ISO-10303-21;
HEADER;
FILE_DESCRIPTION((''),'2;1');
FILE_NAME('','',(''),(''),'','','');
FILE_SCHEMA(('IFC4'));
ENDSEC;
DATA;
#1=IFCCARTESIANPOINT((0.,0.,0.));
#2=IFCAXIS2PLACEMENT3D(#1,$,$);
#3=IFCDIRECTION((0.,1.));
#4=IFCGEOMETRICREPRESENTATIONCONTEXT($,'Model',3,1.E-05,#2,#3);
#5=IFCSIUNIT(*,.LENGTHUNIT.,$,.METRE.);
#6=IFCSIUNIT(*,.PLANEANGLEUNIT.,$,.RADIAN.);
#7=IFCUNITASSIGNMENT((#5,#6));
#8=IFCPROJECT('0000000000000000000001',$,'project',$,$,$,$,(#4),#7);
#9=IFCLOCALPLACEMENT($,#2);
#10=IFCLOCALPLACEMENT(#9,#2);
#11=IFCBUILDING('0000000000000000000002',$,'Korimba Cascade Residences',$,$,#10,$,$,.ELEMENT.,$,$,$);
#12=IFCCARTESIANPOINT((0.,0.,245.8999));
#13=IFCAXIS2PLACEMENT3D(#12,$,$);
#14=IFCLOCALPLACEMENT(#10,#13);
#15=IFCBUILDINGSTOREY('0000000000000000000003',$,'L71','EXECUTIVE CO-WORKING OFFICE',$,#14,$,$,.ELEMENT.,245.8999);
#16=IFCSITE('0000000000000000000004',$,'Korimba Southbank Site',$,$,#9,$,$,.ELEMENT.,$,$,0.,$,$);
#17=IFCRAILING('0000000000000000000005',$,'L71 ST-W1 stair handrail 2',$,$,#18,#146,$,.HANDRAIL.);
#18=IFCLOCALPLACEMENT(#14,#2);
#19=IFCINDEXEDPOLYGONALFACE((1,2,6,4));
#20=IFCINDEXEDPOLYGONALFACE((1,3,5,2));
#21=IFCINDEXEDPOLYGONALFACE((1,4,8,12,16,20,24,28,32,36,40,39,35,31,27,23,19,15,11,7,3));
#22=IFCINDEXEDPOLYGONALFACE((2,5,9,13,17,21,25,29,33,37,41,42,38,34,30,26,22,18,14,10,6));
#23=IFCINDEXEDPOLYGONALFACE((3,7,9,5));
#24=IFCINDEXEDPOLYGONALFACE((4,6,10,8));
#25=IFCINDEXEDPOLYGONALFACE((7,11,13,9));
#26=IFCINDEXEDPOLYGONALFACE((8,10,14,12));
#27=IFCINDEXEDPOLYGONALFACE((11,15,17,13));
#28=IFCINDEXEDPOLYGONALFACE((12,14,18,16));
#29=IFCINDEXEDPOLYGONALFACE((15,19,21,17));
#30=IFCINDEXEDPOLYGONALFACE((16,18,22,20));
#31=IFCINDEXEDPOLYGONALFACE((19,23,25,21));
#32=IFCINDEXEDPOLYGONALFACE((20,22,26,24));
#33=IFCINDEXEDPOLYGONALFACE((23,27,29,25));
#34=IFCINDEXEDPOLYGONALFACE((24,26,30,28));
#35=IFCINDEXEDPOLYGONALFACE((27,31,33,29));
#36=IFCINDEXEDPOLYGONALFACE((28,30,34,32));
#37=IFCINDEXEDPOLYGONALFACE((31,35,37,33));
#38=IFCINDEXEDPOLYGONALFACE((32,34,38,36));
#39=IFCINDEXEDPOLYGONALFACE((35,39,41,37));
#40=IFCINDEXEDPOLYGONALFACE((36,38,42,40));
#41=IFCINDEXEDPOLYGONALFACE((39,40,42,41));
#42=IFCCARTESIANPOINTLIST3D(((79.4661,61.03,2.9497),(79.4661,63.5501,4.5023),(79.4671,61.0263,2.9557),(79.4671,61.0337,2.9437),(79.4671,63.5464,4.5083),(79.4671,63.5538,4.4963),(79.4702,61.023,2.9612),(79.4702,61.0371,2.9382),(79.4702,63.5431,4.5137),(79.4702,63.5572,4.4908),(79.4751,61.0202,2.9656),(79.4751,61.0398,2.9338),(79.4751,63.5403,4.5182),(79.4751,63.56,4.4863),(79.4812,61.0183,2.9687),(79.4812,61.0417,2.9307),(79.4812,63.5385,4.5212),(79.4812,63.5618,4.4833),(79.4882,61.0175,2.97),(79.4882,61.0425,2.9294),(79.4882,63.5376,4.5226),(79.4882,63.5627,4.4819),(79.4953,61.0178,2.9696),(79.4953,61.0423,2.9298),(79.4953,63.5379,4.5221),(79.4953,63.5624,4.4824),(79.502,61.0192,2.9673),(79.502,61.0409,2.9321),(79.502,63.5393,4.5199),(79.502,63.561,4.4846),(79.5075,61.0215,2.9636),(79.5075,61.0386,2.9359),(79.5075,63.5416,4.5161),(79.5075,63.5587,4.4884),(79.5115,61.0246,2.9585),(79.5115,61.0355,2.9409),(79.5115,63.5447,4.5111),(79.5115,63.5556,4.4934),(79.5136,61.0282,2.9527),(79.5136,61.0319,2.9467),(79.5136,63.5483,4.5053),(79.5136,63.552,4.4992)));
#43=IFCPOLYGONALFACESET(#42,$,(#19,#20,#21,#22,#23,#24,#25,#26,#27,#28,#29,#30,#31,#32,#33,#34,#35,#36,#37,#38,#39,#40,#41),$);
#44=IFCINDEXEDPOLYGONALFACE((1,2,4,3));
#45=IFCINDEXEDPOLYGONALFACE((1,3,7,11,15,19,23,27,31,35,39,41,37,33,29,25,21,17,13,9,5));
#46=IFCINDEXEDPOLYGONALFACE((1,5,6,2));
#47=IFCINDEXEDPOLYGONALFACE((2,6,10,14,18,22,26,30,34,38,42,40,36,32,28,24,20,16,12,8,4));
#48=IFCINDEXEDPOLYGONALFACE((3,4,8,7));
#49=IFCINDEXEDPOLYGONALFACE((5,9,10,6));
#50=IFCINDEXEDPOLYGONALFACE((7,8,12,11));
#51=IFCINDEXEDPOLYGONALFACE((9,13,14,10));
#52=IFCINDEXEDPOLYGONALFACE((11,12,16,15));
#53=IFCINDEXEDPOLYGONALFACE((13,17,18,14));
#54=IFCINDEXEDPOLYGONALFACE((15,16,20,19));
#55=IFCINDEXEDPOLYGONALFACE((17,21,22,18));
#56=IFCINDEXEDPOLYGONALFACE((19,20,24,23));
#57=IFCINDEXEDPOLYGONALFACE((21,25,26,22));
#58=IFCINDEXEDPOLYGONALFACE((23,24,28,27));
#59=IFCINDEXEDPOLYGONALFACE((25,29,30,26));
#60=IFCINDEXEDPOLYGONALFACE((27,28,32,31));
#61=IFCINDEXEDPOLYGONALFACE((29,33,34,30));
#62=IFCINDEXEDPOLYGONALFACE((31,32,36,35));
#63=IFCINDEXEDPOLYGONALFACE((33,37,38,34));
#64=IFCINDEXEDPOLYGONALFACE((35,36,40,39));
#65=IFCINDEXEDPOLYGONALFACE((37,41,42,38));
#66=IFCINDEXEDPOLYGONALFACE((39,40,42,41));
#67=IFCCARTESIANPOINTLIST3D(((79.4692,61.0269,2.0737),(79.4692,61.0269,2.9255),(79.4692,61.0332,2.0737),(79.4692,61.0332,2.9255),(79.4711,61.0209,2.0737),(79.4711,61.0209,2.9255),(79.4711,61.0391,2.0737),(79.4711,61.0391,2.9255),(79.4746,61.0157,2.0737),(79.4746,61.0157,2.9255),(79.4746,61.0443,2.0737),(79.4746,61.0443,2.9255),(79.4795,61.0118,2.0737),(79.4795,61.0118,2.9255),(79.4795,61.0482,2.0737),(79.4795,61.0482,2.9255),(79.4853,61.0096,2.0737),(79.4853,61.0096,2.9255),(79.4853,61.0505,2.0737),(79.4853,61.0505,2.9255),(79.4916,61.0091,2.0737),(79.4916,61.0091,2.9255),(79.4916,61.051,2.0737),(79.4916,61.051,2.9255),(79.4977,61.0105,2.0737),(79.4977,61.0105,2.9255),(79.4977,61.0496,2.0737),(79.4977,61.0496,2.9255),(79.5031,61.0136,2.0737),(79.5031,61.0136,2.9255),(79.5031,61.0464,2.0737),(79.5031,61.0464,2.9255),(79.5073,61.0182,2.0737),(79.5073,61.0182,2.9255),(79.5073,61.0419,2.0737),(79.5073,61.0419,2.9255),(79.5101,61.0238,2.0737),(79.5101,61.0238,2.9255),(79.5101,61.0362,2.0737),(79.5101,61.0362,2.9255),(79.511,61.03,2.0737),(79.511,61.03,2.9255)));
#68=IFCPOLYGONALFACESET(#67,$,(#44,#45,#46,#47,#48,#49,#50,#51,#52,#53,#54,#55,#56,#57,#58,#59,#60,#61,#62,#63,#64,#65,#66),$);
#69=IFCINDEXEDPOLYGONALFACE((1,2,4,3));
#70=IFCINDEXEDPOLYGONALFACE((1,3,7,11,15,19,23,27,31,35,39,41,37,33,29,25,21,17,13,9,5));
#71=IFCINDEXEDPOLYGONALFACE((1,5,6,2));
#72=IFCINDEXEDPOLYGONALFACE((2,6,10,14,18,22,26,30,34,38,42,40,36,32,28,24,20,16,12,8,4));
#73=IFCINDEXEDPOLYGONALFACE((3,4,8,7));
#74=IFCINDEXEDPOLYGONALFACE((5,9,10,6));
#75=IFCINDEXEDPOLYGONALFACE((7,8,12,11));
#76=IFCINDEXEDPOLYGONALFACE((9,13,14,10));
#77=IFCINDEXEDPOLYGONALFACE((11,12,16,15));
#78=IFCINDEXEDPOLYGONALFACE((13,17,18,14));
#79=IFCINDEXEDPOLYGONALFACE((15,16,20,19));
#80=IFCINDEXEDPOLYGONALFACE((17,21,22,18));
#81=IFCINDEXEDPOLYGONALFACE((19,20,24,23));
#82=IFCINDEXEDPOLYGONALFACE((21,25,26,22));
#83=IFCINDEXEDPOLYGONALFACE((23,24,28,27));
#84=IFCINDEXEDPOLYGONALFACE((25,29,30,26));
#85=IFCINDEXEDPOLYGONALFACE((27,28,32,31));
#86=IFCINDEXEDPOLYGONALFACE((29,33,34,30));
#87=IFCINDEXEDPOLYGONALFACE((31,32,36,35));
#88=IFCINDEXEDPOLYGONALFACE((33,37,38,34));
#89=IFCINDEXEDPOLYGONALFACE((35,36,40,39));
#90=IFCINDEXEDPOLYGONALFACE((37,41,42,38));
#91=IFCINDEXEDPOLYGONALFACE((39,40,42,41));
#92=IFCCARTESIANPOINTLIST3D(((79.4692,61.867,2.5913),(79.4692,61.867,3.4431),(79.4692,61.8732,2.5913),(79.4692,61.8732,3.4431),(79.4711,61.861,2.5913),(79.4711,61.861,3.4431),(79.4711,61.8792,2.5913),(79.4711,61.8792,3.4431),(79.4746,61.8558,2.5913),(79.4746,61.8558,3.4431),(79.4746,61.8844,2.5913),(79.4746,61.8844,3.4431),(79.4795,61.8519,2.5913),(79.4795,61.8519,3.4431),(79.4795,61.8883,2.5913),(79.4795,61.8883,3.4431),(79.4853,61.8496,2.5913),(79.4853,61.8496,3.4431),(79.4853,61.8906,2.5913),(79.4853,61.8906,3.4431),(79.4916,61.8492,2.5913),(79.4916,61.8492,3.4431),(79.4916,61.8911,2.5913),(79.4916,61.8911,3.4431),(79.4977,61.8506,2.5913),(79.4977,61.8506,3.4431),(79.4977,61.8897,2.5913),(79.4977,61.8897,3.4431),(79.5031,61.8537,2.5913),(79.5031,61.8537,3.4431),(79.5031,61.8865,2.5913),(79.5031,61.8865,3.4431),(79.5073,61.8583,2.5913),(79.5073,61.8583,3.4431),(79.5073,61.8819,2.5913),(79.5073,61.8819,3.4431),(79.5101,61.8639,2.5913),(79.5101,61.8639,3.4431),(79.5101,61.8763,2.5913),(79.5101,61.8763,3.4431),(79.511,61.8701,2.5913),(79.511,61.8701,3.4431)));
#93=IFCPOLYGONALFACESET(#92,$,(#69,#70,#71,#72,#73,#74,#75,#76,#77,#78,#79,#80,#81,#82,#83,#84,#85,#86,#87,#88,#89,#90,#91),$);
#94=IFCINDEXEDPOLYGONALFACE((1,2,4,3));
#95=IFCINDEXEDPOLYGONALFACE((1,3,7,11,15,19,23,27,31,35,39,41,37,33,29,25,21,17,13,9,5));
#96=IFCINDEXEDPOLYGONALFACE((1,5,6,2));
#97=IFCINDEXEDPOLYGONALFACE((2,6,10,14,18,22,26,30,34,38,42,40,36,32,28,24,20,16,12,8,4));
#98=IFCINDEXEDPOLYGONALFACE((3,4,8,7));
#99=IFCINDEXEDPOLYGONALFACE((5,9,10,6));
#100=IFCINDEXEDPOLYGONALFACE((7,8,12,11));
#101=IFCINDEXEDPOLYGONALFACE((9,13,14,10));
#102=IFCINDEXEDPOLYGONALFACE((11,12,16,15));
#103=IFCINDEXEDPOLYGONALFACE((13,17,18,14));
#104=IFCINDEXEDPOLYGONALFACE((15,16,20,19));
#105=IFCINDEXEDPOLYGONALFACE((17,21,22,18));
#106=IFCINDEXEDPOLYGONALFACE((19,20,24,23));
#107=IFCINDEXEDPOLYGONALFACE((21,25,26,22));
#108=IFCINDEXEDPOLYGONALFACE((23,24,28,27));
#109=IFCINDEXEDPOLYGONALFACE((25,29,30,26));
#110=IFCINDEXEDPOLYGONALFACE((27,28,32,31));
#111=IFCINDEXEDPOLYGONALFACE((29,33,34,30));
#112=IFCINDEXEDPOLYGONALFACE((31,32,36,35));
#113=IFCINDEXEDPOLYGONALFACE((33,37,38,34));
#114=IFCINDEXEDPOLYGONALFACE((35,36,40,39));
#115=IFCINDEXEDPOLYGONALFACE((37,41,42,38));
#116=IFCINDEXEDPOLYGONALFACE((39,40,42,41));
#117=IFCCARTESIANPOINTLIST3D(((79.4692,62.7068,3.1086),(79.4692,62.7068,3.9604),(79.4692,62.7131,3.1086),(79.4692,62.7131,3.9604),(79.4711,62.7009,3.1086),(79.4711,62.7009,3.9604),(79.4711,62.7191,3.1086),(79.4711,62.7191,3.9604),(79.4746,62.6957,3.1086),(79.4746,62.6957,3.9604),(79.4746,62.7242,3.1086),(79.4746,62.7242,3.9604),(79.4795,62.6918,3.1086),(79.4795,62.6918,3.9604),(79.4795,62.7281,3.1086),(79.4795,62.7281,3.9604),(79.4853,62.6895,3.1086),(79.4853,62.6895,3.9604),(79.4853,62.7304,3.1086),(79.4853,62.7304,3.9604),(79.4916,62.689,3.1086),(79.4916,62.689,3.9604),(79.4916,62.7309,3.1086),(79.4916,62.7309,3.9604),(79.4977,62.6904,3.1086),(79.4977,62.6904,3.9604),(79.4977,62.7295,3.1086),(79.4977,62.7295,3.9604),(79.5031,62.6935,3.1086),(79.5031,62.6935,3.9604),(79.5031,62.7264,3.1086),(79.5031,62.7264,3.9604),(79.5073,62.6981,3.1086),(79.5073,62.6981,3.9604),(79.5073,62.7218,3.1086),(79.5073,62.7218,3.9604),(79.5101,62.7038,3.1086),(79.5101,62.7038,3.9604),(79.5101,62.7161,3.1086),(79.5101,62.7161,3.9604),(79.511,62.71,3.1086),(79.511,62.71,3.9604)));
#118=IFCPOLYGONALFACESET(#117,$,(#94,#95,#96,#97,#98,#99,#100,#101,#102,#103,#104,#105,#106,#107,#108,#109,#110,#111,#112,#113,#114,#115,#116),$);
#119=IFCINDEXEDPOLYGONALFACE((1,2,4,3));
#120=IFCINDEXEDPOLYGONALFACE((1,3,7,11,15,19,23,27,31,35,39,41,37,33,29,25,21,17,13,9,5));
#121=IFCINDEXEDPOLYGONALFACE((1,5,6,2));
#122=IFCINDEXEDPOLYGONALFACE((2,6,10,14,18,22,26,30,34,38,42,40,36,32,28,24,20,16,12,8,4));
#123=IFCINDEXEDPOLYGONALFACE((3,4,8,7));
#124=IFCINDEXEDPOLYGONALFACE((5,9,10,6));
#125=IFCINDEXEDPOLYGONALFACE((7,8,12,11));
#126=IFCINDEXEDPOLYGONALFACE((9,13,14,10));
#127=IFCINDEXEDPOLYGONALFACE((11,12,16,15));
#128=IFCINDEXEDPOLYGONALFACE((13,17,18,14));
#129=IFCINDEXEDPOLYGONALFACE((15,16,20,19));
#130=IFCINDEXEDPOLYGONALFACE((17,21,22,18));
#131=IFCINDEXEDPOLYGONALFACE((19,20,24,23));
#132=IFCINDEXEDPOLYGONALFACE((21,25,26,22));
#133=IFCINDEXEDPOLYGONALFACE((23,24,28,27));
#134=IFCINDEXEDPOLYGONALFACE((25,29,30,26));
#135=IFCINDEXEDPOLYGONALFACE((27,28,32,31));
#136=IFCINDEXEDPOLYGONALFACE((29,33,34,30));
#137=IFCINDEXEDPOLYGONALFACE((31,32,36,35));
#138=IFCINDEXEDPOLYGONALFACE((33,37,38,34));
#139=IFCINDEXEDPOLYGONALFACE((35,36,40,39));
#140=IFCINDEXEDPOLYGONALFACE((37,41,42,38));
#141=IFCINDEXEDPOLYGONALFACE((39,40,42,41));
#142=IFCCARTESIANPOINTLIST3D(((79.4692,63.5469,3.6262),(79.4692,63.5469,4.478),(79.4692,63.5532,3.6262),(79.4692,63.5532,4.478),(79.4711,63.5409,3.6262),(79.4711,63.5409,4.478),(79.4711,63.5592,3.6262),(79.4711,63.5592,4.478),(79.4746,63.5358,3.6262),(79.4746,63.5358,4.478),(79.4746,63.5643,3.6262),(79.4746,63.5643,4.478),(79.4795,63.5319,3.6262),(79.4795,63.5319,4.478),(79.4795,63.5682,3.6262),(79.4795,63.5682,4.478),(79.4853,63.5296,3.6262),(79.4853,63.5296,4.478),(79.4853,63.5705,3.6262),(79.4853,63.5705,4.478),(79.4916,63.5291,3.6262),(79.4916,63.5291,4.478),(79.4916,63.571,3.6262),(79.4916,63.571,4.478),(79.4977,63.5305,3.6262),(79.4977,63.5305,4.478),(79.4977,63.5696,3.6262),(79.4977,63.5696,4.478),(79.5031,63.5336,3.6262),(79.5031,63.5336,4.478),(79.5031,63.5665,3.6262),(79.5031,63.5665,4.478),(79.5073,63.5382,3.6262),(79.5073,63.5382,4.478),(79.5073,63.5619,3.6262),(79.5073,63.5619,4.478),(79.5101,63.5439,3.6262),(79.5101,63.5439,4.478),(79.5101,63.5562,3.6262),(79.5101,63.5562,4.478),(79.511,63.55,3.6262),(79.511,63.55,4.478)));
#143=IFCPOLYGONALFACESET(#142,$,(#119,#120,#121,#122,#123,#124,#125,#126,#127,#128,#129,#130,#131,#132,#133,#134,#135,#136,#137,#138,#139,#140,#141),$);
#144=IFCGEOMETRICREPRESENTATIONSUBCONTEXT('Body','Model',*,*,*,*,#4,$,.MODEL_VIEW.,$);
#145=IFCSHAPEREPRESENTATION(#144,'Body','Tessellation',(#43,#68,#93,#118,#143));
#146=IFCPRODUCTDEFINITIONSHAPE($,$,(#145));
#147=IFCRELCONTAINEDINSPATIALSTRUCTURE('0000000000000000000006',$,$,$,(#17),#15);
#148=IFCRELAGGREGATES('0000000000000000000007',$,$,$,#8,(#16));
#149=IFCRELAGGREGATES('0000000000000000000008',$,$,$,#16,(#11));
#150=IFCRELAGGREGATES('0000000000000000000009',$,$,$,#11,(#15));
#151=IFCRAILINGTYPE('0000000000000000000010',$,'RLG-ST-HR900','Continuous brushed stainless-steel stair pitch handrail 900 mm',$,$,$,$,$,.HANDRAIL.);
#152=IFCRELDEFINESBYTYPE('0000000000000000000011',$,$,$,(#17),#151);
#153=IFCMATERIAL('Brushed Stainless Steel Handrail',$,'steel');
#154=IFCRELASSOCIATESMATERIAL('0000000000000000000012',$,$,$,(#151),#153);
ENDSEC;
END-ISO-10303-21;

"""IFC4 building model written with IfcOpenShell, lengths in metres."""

from ifc_helpers import new_model, si_unit, direction, frame, origin, origin_2d, place, context, subcontext, project, spatial, circle, extrude, material, type_object, element, save


model = new_model("IFC4")

# Units and contexts
model_context = context("Model", 3, precision=1e-05, world=origin(), true_north=direction((0.0, 1.0)))
body_context = subcontext(model_context, "Body", "Model", "MODEL_VIEW")
ifc_project = project(units=[si_unit("LENGTHUNIT", "METRE"), si_unit("PLANEANGLEUNIT", "RADIAN")], contexts=[model_context])

# Site, building, storey
site_placement = place(None, origin())
site = spatial("IfcSite", under=ifc_project, at=site_placement, Name="Korimba Southbank Site", CompositionType="ELEMENT", RefElevation=0.0)
building_placement = place(site_placement, origin())
building = spatial("IfcBuilding", under=site, at=building_placement, Name="Korimba Cascade Residences", CompositionType="ELEMENT")
storey_placement = place(building_placement, frame((0.0, 0.0, 245.8999)))
storey = spatial("IfcBuildingStorey", under=building, at=storey_placement, Name="L71", Description="EXECUTIVE CO-WORKING OFFICE", CompositionType="ELEMENT", Elevation=245.8999)

# Railing
ifc_material_1 = material(Name="Brushed Stainless Steel Handrail", Category="steel")
railing_type_1 = type_object("IfcRailingType", Name="RLG-ST-HR900", Description="Continuous brushed stainless-steel stair pitch handrail 900 mm", PredefinedType="HANDRAIL", material=ifc_material_1)
railing_1_placement = place(storey_placement, frame((79.49, 61.03, 2.0737)))
element("IfcRailing", 1, at=railing_1_placement, inside=storey, type_object=railing_type_1, Name="L71 ST-W1 stair handrail 2", PredefinedType="HANDRAIL", context=body_context, shape_type="SweptSolid", body=[
    extrude(circle(Radius=0.0239, at=origin_2d()), frame((0.0, 0.0, 0.876), z_axis=(0.0, 0.8514, 0.524516), x_axis=(-1.0, 0.0, 0.0)), (0.0, 0.0, 1.0), 2.96),
    extrude(circle(Radius=0.021, at=origin_2d()), origin(), (0.0, 0.0, 1.0), 0.8518),
    extrude(circle(Radius=0.021, at=origin_2d()), frame((0.0, 0.8401, 0.5176)), (0.0, 0.0, 1.0), 0.8518),
    extrude(circle(Radius=0.021, at=origin_2d()), frame((0.0, 1.6799, 1.0349)), (0.0, 0.0, 1.0), 0.8518),
    extrude(circle(Radius=0.021, at=origin_2d()), frame((0.0, 2.52, 1.5525)), (0.0, 0.0, 1.0), 0.8518),
])

save(model, "model.ifc")
